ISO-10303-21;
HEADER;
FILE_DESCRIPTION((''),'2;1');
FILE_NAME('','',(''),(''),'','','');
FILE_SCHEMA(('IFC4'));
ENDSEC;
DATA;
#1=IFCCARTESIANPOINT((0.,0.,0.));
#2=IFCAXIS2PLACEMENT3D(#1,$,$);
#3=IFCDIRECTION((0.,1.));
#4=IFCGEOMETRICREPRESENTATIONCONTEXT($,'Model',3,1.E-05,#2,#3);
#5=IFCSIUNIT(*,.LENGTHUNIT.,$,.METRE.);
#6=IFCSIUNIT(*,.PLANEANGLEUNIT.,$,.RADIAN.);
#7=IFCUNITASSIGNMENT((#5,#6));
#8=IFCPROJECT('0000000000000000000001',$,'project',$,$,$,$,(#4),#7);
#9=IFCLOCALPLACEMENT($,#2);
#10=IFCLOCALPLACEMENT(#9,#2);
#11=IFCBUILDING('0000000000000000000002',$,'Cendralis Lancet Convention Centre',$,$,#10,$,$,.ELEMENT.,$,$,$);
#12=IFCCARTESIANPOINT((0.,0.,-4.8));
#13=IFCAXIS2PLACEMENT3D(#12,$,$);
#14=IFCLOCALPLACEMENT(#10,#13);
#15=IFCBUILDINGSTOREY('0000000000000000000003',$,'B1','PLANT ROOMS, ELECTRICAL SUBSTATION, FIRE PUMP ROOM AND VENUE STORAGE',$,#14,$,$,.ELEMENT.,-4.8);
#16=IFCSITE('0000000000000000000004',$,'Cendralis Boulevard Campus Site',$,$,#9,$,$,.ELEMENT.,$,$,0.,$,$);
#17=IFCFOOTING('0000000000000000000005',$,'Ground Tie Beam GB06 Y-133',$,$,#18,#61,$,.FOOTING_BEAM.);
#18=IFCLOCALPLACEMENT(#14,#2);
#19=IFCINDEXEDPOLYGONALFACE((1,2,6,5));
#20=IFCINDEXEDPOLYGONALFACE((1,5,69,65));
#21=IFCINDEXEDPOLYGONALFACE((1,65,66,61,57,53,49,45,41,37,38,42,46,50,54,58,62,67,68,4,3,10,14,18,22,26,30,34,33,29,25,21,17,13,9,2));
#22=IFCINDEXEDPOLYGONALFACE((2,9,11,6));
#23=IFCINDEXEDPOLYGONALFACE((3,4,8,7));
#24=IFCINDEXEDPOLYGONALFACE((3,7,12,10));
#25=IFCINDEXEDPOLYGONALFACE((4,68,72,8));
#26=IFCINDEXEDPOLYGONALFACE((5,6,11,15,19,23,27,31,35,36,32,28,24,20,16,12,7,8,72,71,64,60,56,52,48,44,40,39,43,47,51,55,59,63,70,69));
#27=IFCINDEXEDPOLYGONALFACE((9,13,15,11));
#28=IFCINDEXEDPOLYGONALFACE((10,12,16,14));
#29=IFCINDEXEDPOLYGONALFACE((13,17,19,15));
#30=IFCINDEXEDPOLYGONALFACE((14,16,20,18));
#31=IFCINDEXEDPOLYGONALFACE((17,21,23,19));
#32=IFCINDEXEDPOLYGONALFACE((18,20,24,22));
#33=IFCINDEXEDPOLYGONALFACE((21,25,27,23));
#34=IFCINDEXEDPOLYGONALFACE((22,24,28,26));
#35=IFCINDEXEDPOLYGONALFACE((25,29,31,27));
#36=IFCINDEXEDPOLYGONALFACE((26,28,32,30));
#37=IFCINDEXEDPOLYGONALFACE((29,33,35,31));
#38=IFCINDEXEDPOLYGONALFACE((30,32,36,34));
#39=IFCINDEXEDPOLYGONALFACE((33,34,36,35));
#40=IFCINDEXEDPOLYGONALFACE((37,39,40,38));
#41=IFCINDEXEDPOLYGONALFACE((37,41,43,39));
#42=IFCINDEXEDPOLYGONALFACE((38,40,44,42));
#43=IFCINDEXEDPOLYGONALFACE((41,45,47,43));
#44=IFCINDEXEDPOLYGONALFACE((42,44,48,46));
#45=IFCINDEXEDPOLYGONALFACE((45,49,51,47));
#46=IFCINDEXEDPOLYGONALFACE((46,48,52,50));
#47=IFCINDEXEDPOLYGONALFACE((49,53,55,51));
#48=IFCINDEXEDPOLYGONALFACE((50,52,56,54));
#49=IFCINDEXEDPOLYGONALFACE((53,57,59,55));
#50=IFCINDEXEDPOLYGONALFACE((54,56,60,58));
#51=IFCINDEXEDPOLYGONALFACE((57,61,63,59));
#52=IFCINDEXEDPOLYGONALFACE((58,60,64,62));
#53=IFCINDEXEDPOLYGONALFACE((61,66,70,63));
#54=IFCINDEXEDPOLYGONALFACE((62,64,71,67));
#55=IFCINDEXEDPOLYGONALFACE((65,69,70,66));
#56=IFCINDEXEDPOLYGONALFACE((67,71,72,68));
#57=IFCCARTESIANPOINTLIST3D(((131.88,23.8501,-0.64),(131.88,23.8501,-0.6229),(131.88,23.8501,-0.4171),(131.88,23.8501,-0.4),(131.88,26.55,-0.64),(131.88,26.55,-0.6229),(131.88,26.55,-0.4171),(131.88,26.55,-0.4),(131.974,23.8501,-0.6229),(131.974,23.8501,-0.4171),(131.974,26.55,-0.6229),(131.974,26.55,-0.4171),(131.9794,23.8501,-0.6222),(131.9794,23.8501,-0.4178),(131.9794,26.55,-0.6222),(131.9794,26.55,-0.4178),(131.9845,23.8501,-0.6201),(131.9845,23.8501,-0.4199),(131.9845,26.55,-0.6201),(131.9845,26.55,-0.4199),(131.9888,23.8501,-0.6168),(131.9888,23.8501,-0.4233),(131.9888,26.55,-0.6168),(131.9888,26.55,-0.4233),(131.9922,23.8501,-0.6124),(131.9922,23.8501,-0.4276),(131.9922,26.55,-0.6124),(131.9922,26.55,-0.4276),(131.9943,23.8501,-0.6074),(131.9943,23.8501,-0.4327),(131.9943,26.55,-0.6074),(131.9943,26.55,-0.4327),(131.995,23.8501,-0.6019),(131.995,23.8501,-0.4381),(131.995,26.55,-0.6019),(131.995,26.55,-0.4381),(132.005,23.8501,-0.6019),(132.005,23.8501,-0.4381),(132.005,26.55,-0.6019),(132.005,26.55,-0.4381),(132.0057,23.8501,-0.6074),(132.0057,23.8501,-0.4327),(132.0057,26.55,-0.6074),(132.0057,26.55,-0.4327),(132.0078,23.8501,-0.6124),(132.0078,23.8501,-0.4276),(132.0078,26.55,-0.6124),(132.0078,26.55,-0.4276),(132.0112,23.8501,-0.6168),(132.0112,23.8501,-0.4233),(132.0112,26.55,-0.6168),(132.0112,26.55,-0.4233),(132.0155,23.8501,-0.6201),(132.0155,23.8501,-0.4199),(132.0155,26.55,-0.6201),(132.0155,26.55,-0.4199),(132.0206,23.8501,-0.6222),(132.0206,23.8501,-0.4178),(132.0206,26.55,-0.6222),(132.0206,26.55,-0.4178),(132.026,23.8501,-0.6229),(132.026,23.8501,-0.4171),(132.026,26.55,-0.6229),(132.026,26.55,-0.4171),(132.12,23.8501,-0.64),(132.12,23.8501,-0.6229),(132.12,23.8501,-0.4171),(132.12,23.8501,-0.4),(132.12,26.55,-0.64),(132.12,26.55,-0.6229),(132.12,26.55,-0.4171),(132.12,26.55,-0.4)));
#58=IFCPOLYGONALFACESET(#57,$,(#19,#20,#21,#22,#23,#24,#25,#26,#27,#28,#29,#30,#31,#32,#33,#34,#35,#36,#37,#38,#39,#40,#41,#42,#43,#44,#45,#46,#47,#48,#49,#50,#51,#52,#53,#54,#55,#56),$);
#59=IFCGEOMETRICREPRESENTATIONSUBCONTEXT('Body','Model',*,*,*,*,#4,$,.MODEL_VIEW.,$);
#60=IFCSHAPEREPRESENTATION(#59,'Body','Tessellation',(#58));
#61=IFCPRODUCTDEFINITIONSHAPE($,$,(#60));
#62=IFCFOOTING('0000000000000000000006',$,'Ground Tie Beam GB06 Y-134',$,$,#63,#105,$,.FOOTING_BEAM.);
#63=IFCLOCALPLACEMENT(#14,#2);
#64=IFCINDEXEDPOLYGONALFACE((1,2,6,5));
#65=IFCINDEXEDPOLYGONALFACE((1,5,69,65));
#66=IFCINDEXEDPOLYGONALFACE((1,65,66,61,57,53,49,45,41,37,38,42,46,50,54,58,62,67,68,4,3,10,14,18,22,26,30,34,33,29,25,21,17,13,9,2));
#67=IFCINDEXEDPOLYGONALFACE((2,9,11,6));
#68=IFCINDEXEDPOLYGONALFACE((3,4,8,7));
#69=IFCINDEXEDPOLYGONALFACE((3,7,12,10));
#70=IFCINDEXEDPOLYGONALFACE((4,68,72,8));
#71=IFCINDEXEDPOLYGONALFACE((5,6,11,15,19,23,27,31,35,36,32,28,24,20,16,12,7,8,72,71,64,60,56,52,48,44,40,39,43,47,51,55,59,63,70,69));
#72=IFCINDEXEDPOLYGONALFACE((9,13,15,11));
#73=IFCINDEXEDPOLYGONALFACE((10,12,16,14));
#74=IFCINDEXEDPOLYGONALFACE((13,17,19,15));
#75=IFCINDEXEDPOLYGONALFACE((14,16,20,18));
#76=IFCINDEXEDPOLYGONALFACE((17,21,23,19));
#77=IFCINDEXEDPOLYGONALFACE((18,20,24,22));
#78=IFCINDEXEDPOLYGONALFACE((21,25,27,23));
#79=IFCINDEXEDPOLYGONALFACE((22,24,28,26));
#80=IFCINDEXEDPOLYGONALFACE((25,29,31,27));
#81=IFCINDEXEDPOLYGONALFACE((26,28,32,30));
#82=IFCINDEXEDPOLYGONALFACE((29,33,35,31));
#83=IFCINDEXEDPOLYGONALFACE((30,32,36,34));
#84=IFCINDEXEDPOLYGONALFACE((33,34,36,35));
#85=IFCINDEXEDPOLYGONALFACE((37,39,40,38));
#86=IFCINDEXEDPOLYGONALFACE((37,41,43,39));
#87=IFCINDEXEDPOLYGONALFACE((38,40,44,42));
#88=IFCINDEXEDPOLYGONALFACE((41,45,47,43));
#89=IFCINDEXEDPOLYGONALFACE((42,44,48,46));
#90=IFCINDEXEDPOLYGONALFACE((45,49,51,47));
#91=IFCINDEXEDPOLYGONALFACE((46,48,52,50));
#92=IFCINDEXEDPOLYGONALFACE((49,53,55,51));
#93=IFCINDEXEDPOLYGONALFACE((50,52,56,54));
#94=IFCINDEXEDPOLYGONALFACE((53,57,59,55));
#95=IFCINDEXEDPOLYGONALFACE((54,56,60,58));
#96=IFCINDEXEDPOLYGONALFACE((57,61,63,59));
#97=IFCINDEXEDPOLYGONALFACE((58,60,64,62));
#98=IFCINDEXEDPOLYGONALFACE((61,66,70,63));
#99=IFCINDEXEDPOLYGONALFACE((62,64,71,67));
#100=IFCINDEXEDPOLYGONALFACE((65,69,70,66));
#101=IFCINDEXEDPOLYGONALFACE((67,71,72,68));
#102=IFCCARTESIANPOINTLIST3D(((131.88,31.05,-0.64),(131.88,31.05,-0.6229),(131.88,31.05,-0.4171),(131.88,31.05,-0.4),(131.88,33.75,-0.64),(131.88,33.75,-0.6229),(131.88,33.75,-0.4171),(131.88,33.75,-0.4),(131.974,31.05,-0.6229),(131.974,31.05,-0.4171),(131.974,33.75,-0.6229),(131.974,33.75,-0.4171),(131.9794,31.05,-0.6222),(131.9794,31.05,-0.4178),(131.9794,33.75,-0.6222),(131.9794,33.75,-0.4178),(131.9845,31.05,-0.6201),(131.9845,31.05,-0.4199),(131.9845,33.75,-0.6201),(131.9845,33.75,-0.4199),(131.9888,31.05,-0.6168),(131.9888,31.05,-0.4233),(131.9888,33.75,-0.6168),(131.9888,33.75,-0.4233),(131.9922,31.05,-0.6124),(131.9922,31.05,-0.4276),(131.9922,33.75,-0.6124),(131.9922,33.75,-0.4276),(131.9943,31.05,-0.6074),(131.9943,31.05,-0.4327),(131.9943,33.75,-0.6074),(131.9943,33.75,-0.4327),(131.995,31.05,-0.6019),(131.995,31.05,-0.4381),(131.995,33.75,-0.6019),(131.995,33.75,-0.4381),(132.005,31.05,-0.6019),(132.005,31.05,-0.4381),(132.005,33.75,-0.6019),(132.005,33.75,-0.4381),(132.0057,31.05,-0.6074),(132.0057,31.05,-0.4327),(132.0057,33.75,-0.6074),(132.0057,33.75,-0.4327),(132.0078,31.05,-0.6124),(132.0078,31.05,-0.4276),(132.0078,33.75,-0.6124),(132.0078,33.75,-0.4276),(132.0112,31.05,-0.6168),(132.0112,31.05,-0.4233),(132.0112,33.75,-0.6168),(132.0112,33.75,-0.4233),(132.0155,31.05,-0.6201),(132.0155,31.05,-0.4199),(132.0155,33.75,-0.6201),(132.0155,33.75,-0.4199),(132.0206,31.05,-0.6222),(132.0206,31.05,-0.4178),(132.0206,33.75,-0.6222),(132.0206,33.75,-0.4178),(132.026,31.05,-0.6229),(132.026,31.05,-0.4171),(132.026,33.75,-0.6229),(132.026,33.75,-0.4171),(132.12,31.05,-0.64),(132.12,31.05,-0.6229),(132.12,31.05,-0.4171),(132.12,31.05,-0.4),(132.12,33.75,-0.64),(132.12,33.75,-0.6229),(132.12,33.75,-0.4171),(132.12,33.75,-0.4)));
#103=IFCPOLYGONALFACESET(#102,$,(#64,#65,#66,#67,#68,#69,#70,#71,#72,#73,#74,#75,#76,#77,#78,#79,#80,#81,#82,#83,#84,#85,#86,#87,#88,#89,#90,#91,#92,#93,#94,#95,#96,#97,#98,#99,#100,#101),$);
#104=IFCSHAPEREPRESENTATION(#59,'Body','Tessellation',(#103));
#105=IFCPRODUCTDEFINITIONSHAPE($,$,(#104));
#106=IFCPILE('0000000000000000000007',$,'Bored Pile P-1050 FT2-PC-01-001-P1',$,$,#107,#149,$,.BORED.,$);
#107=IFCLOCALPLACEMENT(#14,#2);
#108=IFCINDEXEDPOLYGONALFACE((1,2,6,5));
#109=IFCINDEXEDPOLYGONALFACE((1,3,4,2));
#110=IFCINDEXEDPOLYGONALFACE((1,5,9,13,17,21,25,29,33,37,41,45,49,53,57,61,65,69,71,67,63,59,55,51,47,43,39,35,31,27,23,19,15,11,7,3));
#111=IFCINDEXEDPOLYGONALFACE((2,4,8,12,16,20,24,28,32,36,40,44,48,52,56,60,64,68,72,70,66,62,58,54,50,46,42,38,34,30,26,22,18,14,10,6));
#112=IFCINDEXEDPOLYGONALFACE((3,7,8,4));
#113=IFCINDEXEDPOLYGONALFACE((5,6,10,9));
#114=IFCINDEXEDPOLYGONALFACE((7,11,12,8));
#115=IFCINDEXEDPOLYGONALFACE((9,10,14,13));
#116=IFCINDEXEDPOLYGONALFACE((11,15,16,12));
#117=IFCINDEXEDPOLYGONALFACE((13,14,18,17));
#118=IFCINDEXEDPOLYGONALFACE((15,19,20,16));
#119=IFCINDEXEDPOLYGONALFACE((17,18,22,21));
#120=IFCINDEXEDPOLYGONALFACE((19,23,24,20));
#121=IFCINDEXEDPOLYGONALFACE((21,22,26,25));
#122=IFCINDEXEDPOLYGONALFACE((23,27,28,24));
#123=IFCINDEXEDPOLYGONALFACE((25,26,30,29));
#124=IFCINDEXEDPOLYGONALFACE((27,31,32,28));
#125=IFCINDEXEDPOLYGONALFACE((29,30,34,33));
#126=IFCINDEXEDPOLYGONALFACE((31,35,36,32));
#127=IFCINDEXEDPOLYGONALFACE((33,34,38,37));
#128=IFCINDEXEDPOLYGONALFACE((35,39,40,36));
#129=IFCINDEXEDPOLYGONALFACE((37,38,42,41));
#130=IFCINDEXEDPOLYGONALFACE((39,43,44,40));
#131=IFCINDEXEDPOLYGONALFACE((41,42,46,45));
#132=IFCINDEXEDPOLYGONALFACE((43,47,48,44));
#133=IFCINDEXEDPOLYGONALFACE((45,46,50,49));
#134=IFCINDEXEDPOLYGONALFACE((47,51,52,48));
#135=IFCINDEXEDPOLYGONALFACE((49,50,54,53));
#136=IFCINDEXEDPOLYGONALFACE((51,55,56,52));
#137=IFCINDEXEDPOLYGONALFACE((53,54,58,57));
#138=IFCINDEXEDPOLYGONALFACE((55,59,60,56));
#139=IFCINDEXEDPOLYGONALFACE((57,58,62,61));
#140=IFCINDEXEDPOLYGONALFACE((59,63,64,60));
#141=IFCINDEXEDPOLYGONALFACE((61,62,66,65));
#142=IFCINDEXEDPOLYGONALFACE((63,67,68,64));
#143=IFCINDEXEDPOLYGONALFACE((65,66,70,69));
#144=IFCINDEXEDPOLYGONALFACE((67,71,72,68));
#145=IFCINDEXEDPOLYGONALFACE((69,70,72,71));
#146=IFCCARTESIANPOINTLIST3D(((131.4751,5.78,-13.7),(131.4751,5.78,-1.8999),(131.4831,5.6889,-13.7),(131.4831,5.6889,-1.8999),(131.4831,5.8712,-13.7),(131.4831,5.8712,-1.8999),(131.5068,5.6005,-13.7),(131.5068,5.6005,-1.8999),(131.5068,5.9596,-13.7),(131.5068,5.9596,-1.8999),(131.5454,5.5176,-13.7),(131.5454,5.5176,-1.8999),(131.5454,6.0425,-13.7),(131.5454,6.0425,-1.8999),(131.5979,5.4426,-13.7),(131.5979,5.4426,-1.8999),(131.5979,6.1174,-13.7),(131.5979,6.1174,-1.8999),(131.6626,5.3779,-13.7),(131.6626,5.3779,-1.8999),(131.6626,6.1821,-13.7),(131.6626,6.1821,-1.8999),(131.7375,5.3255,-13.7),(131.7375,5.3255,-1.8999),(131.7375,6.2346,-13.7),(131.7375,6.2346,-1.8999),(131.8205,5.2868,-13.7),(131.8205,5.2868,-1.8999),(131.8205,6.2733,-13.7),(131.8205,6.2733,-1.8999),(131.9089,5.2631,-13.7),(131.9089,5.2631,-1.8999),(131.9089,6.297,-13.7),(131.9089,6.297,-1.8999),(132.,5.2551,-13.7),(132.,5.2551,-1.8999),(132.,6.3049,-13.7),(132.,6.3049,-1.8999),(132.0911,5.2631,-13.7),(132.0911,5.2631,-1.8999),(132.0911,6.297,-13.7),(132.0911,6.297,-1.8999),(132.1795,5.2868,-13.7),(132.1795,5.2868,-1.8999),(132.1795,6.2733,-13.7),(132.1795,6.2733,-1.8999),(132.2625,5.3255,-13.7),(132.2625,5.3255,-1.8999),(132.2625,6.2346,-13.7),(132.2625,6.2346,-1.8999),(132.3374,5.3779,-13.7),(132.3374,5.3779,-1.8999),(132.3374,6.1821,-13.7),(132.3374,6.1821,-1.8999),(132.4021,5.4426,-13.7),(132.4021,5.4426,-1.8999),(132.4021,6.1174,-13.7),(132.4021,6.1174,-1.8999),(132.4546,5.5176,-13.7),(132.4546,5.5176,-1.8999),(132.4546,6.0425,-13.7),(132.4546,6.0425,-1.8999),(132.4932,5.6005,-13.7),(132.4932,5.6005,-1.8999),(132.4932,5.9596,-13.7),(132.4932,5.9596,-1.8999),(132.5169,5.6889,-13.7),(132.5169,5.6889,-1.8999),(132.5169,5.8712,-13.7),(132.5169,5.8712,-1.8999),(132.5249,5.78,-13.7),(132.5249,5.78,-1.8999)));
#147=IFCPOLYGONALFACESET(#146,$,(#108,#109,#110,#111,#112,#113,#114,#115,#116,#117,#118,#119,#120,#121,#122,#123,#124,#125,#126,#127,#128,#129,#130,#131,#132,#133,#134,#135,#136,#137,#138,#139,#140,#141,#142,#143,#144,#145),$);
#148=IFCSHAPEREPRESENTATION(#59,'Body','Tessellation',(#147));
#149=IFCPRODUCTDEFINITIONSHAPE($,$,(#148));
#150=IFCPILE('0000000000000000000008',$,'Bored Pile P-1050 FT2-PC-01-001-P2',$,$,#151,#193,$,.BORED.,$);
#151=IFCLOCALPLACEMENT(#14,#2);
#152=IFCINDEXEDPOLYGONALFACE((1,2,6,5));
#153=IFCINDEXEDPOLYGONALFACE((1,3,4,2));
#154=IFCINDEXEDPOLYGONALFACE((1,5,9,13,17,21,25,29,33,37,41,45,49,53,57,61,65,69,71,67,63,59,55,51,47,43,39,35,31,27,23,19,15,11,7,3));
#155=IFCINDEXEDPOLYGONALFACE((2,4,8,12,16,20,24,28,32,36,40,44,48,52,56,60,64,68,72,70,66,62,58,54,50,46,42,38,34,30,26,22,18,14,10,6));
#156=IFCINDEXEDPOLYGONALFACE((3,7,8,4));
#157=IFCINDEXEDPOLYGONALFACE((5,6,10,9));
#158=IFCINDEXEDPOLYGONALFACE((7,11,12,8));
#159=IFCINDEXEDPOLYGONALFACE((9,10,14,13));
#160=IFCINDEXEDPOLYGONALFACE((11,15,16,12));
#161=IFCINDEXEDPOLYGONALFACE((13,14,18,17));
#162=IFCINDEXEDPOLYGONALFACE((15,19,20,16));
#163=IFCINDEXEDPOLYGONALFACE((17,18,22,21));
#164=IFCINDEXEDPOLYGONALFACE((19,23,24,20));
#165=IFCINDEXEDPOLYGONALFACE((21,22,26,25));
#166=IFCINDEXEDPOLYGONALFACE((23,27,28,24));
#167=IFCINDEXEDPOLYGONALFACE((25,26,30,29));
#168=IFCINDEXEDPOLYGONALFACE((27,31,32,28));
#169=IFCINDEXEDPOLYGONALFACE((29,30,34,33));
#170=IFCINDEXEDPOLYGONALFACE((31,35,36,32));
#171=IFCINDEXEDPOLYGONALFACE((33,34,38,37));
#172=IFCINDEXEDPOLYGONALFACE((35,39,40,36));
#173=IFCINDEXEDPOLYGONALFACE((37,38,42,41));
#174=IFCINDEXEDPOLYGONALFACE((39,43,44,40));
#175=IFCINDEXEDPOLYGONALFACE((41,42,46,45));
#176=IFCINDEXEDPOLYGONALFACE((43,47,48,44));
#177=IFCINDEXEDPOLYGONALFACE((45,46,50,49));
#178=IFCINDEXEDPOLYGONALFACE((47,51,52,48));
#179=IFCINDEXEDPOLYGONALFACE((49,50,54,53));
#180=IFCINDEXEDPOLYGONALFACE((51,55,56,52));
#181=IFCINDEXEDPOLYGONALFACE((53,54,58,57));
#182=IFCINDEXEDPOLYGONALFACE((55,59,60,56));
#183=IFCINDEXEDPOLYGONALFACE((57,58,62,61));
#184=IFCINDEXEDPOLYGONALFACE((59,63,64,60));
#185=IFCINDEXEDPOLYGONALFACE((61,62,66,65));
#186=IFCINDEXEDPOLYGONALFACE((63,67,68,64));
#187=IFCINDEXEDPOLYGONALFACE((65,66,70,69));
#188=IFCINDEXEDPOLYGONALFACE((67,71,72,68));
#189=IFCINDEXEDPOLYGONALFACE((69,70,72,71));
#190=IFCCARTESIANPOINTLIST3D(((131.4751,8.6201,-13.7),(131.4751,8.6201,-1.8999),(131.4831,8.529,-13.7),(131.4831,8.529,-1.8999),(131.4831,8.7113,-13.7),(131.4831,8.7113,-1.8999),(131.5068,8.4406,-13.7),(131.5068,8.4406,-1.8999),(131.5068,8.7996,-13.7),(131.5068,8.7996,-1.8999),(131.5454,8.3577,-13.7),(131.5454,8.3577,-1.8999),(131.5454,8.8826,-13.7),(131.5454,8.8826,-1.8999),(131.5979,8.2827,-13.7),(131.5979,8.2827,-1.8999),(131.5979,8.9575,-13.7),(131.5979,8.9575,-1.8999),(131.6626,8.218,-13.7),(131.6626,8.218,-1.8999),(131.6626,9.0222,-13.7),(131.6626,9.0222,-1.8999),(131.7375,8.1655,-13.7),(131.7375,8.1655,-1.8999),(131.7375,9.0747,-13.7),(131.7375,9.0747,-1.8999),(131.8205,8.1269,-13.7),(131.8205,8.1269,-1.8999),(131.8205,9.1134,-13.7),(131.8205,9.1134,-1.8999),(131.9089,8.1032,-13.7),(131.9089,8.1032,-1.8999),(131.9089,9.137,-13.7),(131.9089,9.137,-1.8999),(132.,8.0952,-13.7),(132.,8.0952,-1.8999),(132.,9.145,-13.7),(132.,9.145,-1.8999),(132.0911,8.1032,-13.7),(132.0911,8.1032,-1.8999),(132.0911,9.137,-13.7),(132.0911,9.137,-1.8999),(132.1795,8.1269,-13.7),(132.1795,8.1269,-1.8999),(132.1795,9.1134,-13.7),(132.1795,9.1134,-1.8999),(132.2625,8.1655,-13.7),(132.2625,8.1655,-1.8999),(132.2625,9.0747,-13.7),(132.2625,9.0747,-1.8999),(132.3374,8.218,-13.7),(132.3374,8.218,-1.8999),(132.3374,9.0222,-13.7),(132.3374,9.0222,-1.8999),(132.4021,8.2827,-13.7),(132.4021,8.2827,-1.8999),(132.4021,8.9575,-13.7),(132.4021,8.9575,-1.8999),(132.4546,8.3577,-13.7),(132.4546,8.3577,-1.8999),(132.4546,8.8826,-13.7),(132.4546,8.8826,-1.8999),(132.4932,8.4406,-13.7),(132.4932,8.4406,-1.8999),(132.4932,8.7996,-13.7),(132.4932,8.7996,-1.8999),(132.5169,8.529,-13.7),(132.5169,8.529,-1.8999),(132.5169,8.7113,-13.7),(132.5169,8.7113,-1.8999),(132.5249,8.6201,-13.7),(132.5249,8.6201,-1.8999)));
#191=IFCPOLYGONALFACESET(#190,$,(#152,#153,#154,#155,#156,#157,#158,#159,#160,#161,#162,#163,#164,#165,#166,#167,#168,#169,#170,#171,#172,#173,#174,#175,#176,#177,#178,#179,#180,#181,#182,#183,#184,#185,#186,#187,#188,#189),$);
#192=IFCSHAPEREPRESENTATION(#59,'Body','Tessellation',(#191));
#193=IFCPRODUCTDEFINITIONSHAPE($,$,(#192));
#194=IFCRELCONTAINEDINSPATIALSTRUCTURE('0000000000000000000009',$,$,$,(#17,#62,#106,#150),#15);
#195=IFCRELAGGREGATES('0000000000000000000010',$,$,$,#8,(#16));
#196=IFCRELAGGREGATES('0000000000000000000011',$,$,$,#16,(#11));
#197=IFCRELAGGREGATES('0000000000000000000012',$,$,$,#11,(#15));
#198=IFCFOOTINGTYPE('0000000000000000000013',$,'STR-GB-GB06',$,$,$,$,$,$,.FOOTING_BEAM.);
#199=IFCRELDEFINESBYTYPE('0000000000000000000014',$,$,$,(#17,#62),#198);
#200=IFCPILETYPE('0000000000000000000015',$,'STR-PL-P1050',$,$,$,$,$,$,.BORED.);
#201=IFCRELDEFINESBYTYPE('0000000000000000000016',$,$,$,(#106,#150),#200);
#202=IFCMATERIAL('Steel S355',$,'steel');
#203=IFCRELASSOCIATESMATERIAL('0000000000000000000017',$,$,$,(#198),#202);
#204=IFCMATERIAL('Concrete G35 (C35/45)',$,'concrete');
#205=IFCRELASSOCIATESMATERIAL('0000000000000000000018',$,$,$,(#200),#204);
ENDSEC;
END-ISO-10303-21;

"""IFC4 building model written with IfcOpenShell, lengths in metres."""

from ifc_helpers import new_model, si_unit, direction, frame, origin, origin_2d, place, context, subcontext, project, spatial, circle, i_section, extrude, material, material_profile, profile_set, type_object, element, save


model = new_model("IFC4")

# Units and contexts
model_context = context("Model", 3, precision=1e-05, world=origin(), true_north=direction((0.0, 1.0)))
body_context = subcontext(model_context, "Body", "Model", "MODEL_VIEW")
ifc_project = project(units=[si_unit("LENGTHUNIT", "METRE"), si_unit("PLANEANGLEUNIT", "RADIAN")], contexts=[model_context])

# Site, building, storey
site_placement = place(None, origin())
site = spatial("IfcSite", under=ifc_project, at=site_placement, Name="Cendralis Boulevard Campus Site", CompositionType="ELEMENT", RefElevation=0.0)
building_placement = place(site_placement, origin())
building = spatial("IfcBuilding", under=site, at=building_placement, Name="Cendralis Lancet Convention Centre", CompositionType="ELEMENT")
storey_placement = place(building_placement, frame((0.0, 0.0, -4.8)))
storey = spatial("IfcBuildingStorey", under=building, at=storey_placement, Name="B1", Description="PLANT ROOMS, ELECTRICAL SUBSTATION, FIRE PUMP ROOM AND VENUE STORAGE", CompositionType="ELEMENT", Elevation=-4.8)

# Footings
ifc_material_1 = material(Name="Concrete G35 (C35/45)", Category="concrete")
ifc_material_2 = material(Name="Steel S355", Category="steel")
ifc_material_profile_1 = material_profile(ifc_material_2, i_section(OverallWidth=0.24, OverallDepth=0.24, WebThickness=0.01, FlangeThickness=0.0171, FilletRadius=0.021, at=origin_2d()), Name="HEB 240")
ifc_profile_set_1 = profile_set([ifc_material_profile_1], Name="Steel S355")
footing_type_1 = type_object("IfcFootingType", Name="STR-GB-GB06", PredefinedType="FOOTING_BEAM", material=ifc_profile_set_1)
for number, where, z_axis, x_axis, name in (
    (1, (132.0, 23.8501, -0.52), (0.0, 1.0, 0.0), (-1.0, 0.0, 0.0), "Ground Tie Beam GB06 Y-133"),
    (2, (132.0, 31.05, -0.52), (0.0, 1.0, 0.0), (-1.0, 0.0, 0.0), "Ground Tie Beam GB06 Y-134"),
):
    element("IfcFooting", number, at=place(storey_placement, frame(where, z_axis=z_axis, x_axis=x_axis)), inside=storey, type_object=footing_type_1, Name=name, PredefinedType="FOOTING_BEAM", context=body_context, shape_type="SweptSolid", body=[
        extrude(i_section(OverallWidth=0.24, OverallDepth=0.24, WebThickness=0.01, FlangeThickness=0.0171, FilletRadius=0.021, at=origin_2d()), origin(), (0.0, 0.0, 1.0), 2.7),
    ])

# Piles
ifc_material_profile_2 = material_profile(ifc_material_1, circle(Radius=0.5249, at=origin_2d()), Name="BORED PILE D1050")
ifc_profile_set_2 = profile_set([ifc_material_profile_2], Name="Concrete G35 (C35/45)")
pile_type = type_object("IfcPileType", Name="STR-PL-P1050", PredefinedType="BORED", material=ifc_profile_set_2)
for number, where, z_axis, x_axis, name in (
    (3, (132.0, 5.78, -1.8999), (0.0, 0.0, -1.0), (1.0, 0.0, 0.0), "Bored Pile P-1050 FT2-PC-01-001-P1"),
    (4, (132.0, 8.6201, -1.8999), (0.0, 0.0, -1.0), (1.0, 0.0, 0.0), "Bored Pile P-1050 FT2-PC-01-001-P2"),
):
    element("IfcPile", number, at=place(storey_placement, frame(where, z_axis=z_axis, x_axis=x_axis)), inside=storey, type_object=pile_type, Name=name, PredefinedType="BORED", context=body_context, shape_type="SweptSolid", body=[
        extrude(circle(Radius=0.5249, at=origin_2d()), origin(), (0.0, 0.0, 1.0), 11.8),
    ])

save(model, "model.ifc")
